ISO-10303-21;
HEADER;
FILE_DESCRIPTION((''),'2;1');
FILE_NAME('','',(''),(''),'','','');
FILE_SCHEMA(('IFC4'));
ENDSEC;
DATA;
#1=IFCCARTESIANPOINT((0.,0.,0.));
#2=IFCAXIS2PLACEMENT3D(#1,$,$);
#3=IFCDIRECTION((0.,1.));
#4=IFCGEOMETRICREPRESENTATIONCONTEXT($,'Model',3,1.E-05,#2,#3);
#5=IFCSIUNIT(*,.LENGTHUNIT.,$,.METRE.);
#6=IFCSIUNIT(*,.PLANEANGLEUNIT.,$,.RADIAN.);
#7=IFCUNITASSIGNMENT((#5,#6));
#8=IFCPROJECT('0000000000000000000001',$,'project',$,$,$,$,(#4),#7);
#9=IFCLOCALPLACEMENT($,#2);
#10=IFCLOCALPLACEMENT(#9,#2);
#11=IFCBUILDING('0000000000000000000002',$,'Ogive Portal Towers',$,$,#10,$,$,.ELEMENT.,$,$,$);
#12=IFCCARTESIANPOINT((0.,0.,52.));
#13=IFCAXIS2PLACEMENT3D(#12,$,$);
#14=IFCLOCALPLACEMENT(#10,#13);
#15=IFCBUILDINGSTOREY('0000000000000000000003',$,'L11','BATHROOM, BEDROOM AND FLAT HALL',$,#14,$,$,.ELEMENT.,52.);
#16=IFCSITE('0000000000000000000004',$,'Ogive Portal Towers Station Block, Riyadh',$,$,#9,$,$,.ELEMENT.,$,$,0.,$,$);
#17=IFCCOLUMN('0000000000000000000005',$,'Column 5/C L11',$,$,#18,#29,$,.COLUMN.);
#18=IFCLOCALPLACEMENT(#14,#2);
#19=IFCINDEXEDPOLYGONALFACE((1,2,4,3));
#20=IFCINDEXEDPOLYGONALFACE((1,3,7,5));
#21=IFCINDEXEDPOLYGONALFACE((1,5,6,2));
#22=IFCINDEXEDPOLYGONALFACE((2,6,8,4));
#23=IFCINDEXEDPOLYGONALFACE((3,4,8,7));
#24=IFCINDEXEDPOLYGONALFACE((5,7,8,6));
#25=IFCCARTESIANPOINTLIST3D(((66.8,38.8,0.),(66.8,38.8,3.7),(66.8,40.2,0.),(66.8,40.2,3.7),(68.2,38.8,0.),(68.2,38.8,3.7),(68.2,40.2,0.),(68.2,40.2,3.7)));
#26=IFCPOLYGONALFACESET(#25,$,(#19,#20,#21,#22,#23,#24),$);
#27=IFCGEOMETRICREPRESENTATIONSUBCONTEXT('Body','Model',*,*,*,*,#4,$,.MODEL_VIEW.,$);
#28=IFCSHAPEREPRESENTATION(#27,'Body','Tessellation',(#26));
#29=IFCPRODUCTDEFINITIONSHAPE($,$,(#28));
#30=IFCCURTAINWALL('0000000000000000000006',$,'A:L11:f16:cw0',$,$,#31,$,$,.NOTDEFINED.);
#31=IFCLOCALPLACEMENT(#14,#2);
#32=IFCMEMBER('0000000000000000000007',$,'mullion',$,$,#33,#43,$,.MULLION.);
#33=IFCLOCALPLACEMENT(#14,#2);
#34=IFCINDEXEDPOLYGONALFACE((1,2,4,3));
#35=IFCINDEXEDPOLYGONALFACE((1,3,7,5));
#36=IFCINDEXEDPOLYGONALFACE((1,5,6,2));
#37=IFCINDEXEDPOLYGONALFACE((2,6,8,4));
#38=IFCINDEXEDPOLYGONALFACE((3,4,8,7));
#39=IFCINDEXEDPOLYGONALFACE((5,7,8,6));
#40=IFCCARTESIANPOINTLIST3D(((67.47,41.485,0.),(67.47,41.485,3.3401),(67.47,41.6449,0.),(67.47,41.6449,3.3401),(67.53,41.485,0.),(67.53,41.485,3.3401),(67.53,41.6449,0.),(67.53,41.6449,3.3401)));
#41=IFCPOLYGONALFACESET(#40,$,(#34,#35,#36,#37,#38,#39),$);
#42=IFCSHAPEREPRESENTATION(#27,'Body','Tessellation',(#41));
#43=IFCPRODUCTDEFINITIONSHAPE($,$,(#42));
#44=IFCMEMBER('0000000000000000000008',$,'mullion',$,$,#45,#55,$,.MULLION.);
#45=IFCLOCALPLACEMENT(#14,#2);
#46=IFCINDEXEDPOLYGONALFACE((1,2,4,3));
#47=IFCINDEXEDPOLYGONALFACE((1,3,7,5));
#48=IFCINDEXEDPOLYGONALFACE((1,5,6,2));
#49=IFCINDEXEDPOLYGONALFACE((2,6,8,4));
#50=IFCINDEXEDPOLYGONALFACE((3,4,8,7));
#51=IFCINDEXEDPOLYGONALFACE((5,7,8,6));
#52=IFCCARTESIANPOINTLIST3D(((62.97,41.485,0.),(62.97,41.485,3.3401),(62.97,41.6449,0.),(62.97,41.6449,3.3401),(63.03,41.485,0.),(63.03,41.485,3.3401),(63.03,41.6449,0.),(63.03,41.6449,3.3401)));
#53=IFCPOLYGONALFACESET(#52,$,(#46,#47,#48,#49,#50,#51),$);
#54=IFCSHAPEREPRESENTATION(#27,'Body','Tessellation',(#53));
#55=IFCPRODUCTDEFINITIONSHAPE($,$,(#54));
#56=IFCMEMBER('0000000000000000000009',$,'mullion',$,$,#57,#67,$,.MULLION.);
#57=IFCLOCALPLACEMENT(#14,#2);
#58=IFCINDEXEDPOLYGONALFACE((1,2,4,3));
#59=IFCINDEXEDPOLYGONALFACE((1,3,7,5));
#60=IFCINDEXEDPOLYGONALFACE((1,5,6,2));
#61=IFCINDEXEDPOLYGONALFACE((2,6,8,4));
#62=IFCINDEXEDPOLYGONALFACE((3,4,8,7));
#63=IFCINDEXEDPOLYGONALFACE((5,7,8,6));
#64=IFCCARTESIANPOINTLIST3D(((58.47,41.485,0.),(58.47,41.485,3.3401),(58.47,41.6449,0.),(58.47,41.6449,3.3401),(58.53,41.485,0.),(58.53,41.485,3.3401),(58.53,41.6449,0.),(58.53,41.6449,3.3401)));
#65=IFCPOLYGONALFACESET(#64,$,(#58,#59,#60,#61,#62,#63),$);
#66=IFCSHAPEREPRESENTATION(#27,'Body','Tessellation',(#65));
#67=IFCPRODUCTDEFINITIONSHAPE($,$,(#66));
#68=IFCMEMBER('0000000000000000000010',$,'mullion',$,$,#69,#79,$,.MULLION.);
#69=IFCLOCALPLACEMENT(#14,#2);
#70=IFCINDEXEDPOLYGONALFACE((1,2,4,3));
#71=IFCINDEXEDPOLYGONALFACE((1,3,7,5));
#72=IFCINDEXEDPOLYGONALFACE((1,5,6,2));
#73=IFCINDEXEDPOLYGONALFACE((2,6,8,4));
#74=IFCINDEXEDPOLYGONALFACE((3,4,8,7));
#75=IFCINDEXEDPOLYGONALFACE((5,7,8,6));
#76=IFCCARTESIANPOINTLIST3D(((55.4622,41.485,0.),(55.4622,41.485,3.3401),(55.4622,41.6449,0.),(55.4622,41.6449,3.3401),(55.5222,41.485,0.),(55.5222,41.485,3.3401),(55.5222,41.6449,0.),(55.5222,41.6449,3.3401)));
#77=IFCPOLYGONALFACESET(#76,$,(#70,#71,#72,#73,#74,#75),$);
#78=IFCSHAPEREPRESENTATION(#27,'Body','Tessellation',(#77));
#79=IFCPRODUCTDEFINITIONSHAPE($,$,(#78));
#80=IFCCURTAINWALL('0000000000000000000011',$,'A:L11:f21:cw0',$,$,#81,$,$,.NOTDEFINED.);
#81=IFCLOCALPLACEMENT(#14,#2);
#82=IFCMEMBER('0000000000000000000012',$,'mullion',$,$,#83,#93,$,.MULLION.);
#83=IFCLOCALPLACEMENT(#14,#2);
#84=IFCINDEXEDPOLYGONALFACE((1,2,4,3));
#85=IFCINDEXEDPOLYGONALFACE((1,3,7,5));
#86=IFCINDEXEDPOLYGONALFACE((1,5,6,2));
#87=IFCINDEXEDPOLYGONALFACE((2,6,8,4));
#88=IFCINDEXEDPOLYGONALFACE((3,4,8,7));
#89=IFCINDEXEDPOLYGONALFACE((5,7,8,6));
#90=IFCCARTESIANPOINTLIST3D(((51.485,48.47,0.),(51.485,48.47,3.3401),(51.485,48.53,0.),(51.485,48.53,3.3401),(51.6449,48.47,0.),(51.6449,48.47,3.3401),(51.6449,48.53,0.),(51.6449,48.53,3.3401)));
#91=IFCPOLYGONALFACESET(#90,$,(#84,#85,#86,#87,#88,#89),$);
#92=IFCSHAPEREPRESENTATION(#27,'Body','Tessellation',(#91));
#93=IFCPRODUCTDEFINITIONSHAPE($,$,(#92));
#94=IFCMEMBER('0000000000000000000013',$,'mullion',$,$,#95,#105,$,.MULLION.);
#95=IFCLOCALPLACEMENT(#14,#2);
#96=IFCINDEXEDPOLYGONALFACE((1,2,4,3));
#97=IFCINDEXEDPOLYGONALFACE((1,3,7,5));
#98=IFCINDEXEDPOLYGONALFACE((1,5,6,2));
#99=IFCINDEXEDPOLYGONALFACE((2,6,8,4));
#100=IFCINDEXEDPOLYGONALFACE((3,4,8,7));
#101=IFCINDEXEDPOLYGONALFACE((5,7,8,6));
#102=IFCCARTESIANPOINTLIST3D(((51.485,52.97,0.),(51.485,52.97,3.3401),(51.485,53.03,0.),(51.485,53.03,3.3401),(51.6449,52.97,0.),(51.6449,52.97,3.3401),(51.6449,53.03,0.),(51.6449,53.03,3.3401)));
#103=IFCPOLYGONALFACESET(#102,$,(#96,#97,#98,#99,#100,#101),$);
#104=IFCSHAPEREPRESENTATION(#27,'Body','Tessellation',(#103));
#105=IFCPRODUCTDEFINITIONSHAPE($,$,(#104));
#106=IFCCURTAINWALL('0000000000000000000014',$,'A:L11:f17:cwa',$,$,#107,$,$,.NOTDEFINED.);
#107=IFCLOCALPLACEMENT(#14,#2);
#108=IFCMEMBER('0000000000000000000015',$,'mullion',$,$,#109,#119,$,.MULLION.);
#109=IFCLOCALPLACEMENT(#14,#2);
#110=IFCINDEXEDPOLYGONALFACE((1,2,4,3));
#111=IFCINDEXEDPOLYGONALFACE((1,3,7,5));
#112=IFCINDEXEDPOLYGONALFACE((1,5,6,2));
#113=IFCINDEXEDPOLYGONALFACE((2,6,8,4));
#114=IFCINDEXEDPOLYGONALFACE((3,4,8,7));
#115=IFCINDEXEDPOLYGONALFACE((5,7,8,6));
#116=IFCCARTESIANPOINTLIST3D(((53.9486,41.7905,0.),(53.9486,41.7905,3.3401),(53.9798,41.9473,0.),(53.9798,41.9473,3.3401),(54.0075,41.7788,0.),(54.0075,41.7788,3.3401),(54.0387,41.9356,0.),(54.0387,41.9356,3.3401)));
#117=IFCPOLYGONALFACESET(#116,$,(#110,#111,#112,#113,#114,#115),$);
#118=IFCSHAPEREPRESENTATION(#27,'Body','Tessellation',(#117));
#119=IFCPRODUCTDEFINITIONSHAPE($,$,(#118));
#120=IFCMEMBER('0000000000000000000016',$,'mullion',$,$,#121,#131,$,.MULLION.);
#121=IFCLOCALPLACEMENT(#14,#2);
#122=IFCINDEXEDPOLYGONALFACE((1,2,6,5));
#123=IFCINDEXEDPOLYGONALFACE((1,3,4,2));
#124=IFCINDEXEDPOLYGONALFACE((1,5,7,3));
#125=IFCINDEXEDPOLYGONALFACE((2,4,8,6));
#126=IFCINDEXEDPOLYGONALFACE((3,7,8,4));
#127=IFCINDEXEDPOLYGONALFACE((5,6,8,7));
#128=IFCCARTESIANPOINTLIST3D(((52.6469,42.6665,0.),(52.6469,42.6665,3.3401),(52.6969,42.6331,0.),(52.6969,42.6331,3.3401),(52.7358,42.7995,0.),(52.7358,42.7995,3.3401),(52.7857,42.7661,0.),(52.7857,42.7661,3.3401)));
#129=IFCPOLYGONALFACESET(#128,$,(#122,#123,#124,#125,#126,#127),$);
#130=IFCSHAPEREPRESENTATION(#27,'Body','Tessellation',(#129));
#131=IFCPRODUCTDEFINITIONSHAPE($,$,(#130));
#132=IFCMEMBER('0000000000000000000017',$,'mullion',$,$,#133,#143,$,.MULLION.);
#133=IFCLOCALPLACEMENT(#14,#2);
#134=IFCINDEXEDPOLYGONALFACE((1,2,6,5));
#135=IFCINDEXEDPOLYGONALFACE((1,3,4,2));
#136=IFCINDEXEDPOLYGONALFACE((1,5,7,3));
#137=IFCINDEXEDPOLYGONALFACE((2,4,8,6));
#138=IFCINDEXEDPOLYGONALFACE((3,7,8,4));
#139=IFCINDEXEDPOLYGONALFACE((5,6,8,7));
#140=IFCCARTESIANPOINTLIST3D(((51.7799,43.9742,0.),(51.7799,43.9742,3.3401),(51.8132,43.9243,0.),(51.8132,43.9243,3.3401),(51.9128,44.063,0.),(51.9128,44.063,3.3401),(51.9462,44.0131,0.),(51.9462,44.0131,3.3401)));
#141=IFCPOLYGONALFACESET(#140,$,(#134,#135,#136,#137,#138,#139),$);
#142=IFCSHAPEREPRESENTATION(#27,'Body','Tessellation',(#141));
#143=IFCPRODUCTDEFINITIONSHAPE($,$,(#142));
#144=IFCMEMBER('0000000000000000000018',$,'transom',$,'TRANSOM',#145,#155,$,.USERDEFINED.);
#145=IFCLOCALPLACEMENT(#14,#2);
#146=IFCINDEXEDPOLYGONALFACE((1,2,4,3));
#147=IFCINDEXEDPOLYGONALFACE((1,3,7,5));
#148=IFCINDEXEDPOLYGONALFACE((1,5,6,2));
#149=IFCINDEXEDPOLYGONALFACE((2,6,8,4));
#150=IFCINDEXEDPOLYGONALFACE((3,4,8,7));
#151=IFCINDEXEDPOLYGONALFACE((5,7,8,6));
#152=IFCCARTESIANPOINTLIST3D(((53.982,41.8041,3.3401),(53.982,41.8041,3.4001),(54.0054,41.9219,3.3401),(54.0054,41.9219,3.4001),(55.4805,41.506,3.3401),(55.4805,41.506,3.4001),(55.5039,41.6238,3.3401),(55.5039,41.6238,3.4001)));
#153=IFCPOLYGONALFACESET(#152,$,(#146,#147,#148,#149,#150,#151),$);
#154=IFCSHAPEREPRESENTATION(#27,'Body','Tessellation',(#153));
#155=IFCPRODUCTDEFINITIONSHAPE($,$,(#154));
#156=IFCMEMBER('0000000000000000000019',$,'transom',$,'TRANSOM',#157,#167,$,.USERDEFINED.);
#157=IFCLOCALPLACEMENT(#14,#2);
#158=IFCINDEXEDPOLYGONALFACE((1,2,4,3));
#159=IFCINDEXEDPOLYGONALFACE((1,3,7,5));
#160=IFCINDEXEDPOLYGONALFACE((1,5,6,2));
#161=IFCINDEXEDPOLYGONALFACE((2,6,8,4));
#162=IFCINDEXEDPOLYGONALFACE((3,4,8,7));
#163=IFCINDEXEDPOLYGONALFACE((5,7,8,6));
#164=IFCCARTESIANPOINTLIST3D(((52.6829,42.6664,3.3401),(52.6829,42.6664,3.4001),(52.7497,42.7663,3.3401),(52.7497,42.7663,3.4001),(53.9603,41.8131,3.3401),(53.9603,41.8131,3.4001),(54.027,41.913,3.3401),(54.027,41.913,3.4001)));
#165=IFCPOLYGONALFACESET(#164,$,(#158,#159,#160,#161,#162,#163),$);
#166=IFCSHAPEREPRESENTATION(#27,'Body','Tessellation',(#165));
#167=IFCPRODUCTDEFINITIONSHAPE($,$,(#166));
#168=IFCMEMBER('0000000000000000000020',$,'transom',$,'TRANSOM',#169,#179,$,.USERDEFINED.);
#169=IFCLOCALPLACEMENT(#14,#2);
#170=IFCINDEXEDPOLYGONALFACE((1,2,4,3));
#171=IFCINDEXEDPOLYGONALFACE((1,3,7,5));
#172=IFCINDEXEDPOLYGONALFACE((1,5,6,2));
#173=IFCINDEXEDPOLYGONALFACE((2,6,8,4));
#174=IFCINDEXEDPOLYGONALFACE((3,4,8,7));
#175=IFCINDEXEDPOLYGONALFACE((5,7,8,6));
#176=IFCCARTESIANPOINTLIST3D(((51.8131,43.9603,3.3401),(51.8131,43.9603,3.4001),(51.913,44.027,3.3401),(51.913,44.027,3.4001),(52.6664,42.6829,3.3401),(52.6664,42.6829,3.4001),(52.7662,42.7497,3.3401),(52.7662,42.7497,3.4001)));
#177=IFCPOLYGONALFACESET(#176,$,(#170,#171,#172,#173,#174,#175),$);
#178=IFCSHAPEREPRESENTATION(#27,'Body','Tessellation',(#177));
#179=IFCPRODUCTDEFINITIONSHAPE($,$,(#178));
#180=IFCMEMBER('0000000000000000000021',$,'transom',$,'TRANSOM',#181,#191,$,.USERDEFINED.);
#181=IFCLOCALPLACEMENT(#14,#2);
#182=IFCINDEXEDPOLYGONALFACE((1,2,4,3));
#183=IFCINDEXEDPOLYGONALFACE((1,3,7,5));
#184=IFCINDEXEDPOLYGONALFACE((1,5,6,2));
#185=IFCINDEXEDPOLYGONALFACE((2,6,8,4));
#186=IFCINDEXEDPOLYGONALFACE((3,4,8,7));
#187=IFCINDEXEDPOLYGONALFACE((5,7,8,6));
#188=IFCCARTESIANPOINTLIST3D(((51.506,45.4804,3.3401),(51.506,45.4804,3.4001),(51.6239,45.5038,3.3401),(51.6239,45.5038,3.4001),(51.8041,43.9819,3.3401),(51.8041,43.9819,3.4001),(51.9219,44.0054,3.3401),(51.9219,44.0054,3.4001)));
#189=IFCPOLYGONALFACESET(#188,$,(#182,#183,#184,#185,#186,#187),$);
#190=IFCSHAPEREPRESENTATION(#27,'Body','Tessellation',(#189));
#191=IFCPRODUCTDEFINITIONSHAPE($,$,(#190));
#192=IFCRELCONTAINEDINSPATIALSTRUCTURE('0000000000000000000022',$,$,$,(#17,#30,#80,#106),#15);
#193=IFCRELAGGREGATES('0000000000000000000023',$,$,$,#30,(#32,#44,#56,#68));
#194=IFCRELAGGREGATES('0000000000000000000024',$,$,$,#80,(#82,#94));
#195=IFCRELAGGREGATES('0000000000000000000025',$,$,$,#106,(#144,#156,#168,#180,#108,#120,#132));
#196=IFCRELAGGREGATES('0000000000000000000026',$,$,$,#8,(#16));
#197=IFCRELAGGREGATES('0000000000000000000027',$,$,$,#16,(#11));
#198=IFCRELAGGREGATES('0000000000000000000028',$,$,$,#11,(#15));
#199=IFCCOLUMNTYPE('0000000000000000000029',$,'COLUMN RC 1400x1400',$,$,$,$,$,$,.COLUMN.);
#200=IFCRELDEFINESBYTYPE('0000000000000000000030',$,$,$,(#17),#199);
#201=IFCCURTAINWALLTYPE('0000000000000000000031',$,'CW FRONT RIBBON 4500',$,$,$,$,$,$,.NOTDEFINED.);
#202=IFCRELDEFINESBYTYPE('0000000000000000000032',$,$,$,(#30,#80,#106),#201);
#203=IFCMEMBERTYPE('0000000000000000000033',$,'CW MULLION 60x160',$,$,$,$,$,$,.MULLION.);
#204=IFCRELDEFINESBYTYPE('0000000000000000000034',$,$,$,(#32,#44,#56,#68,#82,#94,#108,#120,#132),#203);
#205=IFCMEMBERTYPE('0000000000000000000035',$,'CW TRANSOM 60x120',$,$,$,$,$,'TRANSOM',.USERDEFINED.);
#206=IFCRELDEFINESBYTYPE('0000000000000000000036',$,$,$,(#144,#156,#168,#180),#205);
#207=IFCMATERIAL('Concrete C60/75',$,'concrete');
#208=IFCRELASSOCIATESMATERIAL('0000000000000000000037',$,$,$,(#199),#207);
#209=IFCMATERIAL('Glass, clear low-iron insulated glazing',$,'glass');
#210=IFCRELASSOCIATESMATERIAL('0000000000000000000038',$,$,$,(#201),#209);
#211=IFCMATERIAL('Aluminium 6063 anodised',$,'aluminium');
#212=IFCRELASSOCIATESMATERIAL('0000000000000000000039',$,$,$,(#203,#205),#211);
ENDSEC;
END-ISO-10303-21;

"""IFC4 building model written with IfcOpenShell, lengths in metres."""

from ifc_helpers import new_model, si_unit, direction, frame, origin, origin_2d, place, context, subcontext, project, spatial, rectangle, extrude, material, material_profile, profile_set, type_object, element, aggregate, save


model = new_model("IFC4")

# Units and contexts
model_context = context("Model", 3, precision=1e-05, world=origin(), true_north=direction((0.0, 1.0)))
body_context = subcontext(model_context, "Body", "Model", "MODEL_VIEW")
ifc_project = project(units=[si_unit("LENGTHUNIT", "METRE"), si_unit("PLANEANGLEUNIT", "RADIAN")], contexts=[model_context])

# Site, building, storey
site_placement = place(None, origin())
site = spatial("IfcSite", under=ifc_project, at=site_placement, Name="Ogive Portal Towers Station Block, Riyadh", CompositionType="ELEMENT", RefElevation=0.0)
building_placement = place(site_placement, origin())
building = spatial("IfcBuilding", under=site, at=building_placement, Name="Ogive Portal Towers", CompositionType="ELEMENT")
storey_placement = place(building_placement, frame((0.0, 0.0, 52.0)))
storey = spatial("IfcBuildingStorey", under=building, at=storey_placement, Name="L11", Description="BATHROOM, BEDROOM AND FLAT HALL", CompositionType="ELEMENT", Elevation=52.0)

# Column
ifc_material_1 = material(Name="Concrete C60/75", Category="concrete")
ifc_material_profile_1 = material_profile(ifc_material_1, rectangle(XDim=1.3999, YDim=1.3999, at=origin_2d()), Name="RC 1400x1400")
ifc_profile_set_1 = profile_set([ifc_material_profile_1], Name="Concrete C60/75")
column_type = type_object("IfcColumnType", Name="COLUMN RC 1400x1400", PredefinedType="COLUMN", material=ifc_profile_set_1)
column_placement = place(storey_placement, frame((67.5, 39.5, 0.0), z_axis=(0.0, 0.0, 1.0), x_axis=(1.0, 0.0, 0.0)))
element("IfcColumn", 1, at=column_placement, inside=storey, type_object=column_type, Name="Column 5/C L11", PredefinedType="COLUMN", context=body_context, shape_type="SweptSolid", body=[
    extrude(rectangle(XDim=1.3999, YDim=1.3999, at=origin_2d()), origin(), (0.0, 0.0, 1.0), 3.7),
])

# Curtain walls, members
ifc_material_2 = material(Name="Glass, clear low-iron insulated glazing", Category="glass")
curtain_wall_type = type_object("IfcCurtainWallType", Name="CW FRONT RIBBON 4500", PredefinedType="NOTDEFINED", material=ifc_material_2)
curtain_wall_1_placement = place(storey_placement, origin())
curtain_wall_1 = element("IfcCurtainWall", 2, at=curtain_wall_1_placement, inside=storey, type_object=curtain_wall_type, Name="A:L11:f16:cw0", PredefinedType="NOTDEFINED")
ifc_material_3 = material(Name="Aluminium 6063 anodised", Category="aluminium")
ifc_material_profile_2 = material_profile(ifc_material_3, rectangle(XDim=0.1599, YDim=0.0601, at=origin_2d()), Name="AL 60x160")
ifc_profile_set_2 = profile_set([ifc_material_profile_2], Name="Aluminium 6063 anodised")
member_type_1 = type_object("IfcMemberType", Name="CW MULLION 60x160", PredefinedType="MULLION", material=ifc_profile_set_2)
member_1_placement = place(storey_placement, frame((67.5, 41.5649, 0.0), z_axis=(0.0, 0.0, 1.0), x_axis=(0.0, -1.0, 0.0)))
member_1 = element("IfcMember", 3, at=member_1_placement, type_object=member_type_1, Name="mullion", PredefinedType="MULLION", context=body_context, shape_type="SweptSolid", body=[
    extrude(rectangle(XDim=0.1599, YDim=0.0601, at=origin_2d()), origin(), (0.0, 0.0, 1.0), 3.3401),
])
member_2_placement = place(storey_placement, frame((63.0, 41.5649, 0.0), z_axis=(0.0, 0.0, 1.0), x_axis=(0.0, -1.0, 0.0)))
member_2 = element("IfcMember", 4, at=member_2_placement, type_object=member_type_1, Name="mullion", PredefinedType="MULLION", context=body_context, shape_type="SweptSolid", body=[
    extrude(rectangle(XDim=0.1599, YDim=0.0601, at=origin_2d()), origin(), (0.0, 0.0, 1.0), 3.3401),
])
member_3_placement = place(storey_placement, frame((58.5, 41.5649, 0.0), z_axis=(0.0, 0.0, 1.0), x_axis=(0.0, -1.0, 0.0)))
member_3 = element("IfcMember", 5, at=member_3_placement, type_object=member_type_1, Name="mullion", PredefinedType="MULLION", context=body_context, shape_type="SweptSolid", body=[
    extrude(rectangle(XDim=0.1599, YDim=0.0601, at=origin_2d()), origin(), (0.0, 0.0, 1.0), 3.3401),
])
member_4_placement = place(storey_placement, frame((55.4922, 41.5649, 0.0), z_axis=(0.0, 0.0, 1.0), x_axis=(0.0, -1.0, 0.0)))
member_4 = element("IfcMember", 6, at=member_4_placement, type_object=member_type_1, Name="mullion", PredefinedType="MULLION", context=body_context, shape_type="SweptSolid", body=[
    extrude(rectangle(XDim=0.1599, YDim=0.0601, at=origin_2d()), origin(), (0.0, 0.0, 1.0), 3.3401),
])
curtain_wall_2_placement = place(storey_placement, origin())
curtain_wall_2 = element("IfcCurtainWall", 7, at=curtain_wall_2_placement, inside=storey, type_object=curtain_wall_type, Name="A:L11:f21:cw0", PredefinedType="NOTDEFINED")
member_5_placement = place(storey_placement, frame((51.5649, 48.5, 0.0), z_axis=(0.0, 0.0, 1.0), x_axis=(-1.0, 0.0, 0.0)))
member_5 = element("IfcMember", 8, at=member_5_placement, type_object=member_type_1, Name="mullion", PredefinedType="MULLION", context=body_context, shape_type="SweptSolid", body=[
    extrude(rectangle(XDim=0.1599, YDim=0.0601, at=origin_2d()), origin(), (0.0, 0.0, 1.0), 3.3401),
])
member_6_placement = place(storey_placement, frame((51.5649, 53.0, 0.0), z_axis=(0.0, 0.0, 1.0), x_axis=(-1.0, 0.0, 0.0)))
member_6 = element("IfcMember", 9, at=member_6_placement, type_object=member_type_1, Name="mullion", PredefinedType="MULLION", context=body_context, shape_type="SweptSolid", body=[
    extrude(rectangle(XDim=0.1599, YDim=0.0601, at=origin_2d()), origin(), (0.0, 0.0, 1.0), 3.3401),
])
curtain_wall_3_placement = place(storey_placement, origin())
curtain_wall_3 = element("IfcCurtainWall", 10, at=curtain_wall_3_placement, inside=storey, type_object=curtain_wall_type, Name="A:L11:f17:cwa", PredefinedType="NOTDEFINED")
member_7_placement = place(storey_placement, frame((53.9937, 41.863, 0.0), z_axis=(0.0, 0.0, 1.0), x_axis=(-0.19509, -0.980785, 0.0)))
member_7 = element("IfcMember", 11, at=member_7_placement, type_object=member_type_1, Name="mullion", PredefinedType="MULLION", context=body_context, shape_type="SweptSolid", body=[
    extrude(rectangle(XDim=0.1599, YDim=0.0601, at=origin_2d()), origin(), (0.0, 0.0, 1.0), 3.3401),
])
member_8_placement = place(storey_placement, frame((52.7163, 42.7163, 0.0), z_axis=(0.0, 0.0, 1.0), x_axis=(-0.55557, -0.83147, 0.0)))
member_8 = element("IfcMember", 12, at=member_8_placement, type_object=member_type_1, Name="mullion", PredefinedType="MULLION", context=body_context, shape_type="SweptSolid", body=[
    extrude(rectangle(XDim=0.1599, YDim=0.0601, at=origin_2d()), origin(), (0.0, 0.0, 1.0), 3.3401),
])
member_9_placement = place(storey_placement, frame((51.863, 43.9937, 0.0), z_axis=(0.0, 0.0, 1.0), x_axis=(-0.83147, -0.55557, 0.0)))
member_9 = element("IfcMember", 13, at=member_9_placement, type_object=member_type_1, Name="mullion", PredefinedType="MULLION", context=body_context, shape_type="SweptSolid", body=[
    extrude(rectangle(XDim=0.1599, YDim=0.0601, at=origin_2d()), origin(), (0.0, 0.0, 1.0), 3.3401),
])
ifc_material_profile_3 = material_profile(ifc_material_3, rectangle(XDim=0.1201, YDim=0.0601, at=origin_2d()), Name="AL 120x60")
ifc_profile_set_3 = profile_set([ifc_material_profile_3], Name="Aluminium 6063 anodised")
member_type_2 = type_object("IfcMemberType", Name="CW TRANSOM 60x120", ElementType="TRANSOM", PredefinedType="USERDEFINED", material=ifc_profile_set_3)
member_10_placement = place(storey_placement, frame((55.4922, 41.5649, 3.3701), z_axis=(-0.980783, 0.195102, 0.0), x_axis=(-0.195102, -0.980783, 0.0)))
member_10 = element("IfcMember", 14, at=member_10_placement, type_object=member_type_2, Name="transom", ObjectType="TRANSOM", PredefinedType="USERDEFINED", context=body_context, shape_type="SweptSolid", body=[
    extrude(rectangle(XDim=0.1201, YDim=0.0601, at=origin_2d()), origin(), (0.0, 0.0, 1.0), 1.5278),
])
member_11_placement = place(storey_placement, frame((53.9937, 41.863, 3.3701), z_axis=(-0.831536, 0.55547, 0.0), x_axis=(-0.55547, -0.831536, 0.0)))
member_11 = element("IfcMember", 15, at=member_11_placement, type_object=member_type_2, Name="transom", ObjectType="TRANSOM", PredefinedType="USERDEFINED", context=body_context, shape_type="SweptSolid", body=[
    extrude(rectangle(XDim=0.1201, YDim=0.0601, at=origin_2d()), origin(), (0.0, 0.0, 1.0), 1.5361),
])
member_12_placement = place(storey_placement, frame((52.7163, 42.7163, 3.3701), z_axis=(-0.55547, 0.831536, 0.0), x_axis=(-0.831536, -0.55547, 0.0)))
member_12 = element("IfcMember", 16, at=member_12_placement, type_object=member_type_2, Name="transom", ObjectType="TRANSOM", PredefinedType="USERDEFINED", context=body_context, shape_type="SweptSolid", body=[
    extrude(rectangle(XDim=0.1201, YDim=0.0601, at=origin_2d()), origin(), (0.0, 0.0, 1.0), 1.5361),
])
member_13_placement = place(storey_placement, frame((51.863, 43.9937, 3.3701), z_axis=(-0.195102, 0.980783, 0.0), x_axis=(-0.980783, -0.195102, 0.0)))
member_13 = element("IfcMember", 17, at=member_13_placement, type_object=member_type_2, Name="transom", ObjectType="TRANSOM", PredefinedType="USERDEFINED", context=body_context, shape_type="SweptSolid", body=[
    extrude(rectangle(XDim=0.1201, YDim=0.0601, at=origin_2d()), origin(), (0.0, 0.0, 1.0), 1.5278),
])

aggregate(curtain_wall_1, [member_1, member_2, member_3, member_4])
aggregate(curtain_wall_2, [member_5, member_6])
aggregate(curtain_wall_3, [member_10, member_11, member_12, member_13, member_7, member_8, member_9])

save(model, "model.ifc")
